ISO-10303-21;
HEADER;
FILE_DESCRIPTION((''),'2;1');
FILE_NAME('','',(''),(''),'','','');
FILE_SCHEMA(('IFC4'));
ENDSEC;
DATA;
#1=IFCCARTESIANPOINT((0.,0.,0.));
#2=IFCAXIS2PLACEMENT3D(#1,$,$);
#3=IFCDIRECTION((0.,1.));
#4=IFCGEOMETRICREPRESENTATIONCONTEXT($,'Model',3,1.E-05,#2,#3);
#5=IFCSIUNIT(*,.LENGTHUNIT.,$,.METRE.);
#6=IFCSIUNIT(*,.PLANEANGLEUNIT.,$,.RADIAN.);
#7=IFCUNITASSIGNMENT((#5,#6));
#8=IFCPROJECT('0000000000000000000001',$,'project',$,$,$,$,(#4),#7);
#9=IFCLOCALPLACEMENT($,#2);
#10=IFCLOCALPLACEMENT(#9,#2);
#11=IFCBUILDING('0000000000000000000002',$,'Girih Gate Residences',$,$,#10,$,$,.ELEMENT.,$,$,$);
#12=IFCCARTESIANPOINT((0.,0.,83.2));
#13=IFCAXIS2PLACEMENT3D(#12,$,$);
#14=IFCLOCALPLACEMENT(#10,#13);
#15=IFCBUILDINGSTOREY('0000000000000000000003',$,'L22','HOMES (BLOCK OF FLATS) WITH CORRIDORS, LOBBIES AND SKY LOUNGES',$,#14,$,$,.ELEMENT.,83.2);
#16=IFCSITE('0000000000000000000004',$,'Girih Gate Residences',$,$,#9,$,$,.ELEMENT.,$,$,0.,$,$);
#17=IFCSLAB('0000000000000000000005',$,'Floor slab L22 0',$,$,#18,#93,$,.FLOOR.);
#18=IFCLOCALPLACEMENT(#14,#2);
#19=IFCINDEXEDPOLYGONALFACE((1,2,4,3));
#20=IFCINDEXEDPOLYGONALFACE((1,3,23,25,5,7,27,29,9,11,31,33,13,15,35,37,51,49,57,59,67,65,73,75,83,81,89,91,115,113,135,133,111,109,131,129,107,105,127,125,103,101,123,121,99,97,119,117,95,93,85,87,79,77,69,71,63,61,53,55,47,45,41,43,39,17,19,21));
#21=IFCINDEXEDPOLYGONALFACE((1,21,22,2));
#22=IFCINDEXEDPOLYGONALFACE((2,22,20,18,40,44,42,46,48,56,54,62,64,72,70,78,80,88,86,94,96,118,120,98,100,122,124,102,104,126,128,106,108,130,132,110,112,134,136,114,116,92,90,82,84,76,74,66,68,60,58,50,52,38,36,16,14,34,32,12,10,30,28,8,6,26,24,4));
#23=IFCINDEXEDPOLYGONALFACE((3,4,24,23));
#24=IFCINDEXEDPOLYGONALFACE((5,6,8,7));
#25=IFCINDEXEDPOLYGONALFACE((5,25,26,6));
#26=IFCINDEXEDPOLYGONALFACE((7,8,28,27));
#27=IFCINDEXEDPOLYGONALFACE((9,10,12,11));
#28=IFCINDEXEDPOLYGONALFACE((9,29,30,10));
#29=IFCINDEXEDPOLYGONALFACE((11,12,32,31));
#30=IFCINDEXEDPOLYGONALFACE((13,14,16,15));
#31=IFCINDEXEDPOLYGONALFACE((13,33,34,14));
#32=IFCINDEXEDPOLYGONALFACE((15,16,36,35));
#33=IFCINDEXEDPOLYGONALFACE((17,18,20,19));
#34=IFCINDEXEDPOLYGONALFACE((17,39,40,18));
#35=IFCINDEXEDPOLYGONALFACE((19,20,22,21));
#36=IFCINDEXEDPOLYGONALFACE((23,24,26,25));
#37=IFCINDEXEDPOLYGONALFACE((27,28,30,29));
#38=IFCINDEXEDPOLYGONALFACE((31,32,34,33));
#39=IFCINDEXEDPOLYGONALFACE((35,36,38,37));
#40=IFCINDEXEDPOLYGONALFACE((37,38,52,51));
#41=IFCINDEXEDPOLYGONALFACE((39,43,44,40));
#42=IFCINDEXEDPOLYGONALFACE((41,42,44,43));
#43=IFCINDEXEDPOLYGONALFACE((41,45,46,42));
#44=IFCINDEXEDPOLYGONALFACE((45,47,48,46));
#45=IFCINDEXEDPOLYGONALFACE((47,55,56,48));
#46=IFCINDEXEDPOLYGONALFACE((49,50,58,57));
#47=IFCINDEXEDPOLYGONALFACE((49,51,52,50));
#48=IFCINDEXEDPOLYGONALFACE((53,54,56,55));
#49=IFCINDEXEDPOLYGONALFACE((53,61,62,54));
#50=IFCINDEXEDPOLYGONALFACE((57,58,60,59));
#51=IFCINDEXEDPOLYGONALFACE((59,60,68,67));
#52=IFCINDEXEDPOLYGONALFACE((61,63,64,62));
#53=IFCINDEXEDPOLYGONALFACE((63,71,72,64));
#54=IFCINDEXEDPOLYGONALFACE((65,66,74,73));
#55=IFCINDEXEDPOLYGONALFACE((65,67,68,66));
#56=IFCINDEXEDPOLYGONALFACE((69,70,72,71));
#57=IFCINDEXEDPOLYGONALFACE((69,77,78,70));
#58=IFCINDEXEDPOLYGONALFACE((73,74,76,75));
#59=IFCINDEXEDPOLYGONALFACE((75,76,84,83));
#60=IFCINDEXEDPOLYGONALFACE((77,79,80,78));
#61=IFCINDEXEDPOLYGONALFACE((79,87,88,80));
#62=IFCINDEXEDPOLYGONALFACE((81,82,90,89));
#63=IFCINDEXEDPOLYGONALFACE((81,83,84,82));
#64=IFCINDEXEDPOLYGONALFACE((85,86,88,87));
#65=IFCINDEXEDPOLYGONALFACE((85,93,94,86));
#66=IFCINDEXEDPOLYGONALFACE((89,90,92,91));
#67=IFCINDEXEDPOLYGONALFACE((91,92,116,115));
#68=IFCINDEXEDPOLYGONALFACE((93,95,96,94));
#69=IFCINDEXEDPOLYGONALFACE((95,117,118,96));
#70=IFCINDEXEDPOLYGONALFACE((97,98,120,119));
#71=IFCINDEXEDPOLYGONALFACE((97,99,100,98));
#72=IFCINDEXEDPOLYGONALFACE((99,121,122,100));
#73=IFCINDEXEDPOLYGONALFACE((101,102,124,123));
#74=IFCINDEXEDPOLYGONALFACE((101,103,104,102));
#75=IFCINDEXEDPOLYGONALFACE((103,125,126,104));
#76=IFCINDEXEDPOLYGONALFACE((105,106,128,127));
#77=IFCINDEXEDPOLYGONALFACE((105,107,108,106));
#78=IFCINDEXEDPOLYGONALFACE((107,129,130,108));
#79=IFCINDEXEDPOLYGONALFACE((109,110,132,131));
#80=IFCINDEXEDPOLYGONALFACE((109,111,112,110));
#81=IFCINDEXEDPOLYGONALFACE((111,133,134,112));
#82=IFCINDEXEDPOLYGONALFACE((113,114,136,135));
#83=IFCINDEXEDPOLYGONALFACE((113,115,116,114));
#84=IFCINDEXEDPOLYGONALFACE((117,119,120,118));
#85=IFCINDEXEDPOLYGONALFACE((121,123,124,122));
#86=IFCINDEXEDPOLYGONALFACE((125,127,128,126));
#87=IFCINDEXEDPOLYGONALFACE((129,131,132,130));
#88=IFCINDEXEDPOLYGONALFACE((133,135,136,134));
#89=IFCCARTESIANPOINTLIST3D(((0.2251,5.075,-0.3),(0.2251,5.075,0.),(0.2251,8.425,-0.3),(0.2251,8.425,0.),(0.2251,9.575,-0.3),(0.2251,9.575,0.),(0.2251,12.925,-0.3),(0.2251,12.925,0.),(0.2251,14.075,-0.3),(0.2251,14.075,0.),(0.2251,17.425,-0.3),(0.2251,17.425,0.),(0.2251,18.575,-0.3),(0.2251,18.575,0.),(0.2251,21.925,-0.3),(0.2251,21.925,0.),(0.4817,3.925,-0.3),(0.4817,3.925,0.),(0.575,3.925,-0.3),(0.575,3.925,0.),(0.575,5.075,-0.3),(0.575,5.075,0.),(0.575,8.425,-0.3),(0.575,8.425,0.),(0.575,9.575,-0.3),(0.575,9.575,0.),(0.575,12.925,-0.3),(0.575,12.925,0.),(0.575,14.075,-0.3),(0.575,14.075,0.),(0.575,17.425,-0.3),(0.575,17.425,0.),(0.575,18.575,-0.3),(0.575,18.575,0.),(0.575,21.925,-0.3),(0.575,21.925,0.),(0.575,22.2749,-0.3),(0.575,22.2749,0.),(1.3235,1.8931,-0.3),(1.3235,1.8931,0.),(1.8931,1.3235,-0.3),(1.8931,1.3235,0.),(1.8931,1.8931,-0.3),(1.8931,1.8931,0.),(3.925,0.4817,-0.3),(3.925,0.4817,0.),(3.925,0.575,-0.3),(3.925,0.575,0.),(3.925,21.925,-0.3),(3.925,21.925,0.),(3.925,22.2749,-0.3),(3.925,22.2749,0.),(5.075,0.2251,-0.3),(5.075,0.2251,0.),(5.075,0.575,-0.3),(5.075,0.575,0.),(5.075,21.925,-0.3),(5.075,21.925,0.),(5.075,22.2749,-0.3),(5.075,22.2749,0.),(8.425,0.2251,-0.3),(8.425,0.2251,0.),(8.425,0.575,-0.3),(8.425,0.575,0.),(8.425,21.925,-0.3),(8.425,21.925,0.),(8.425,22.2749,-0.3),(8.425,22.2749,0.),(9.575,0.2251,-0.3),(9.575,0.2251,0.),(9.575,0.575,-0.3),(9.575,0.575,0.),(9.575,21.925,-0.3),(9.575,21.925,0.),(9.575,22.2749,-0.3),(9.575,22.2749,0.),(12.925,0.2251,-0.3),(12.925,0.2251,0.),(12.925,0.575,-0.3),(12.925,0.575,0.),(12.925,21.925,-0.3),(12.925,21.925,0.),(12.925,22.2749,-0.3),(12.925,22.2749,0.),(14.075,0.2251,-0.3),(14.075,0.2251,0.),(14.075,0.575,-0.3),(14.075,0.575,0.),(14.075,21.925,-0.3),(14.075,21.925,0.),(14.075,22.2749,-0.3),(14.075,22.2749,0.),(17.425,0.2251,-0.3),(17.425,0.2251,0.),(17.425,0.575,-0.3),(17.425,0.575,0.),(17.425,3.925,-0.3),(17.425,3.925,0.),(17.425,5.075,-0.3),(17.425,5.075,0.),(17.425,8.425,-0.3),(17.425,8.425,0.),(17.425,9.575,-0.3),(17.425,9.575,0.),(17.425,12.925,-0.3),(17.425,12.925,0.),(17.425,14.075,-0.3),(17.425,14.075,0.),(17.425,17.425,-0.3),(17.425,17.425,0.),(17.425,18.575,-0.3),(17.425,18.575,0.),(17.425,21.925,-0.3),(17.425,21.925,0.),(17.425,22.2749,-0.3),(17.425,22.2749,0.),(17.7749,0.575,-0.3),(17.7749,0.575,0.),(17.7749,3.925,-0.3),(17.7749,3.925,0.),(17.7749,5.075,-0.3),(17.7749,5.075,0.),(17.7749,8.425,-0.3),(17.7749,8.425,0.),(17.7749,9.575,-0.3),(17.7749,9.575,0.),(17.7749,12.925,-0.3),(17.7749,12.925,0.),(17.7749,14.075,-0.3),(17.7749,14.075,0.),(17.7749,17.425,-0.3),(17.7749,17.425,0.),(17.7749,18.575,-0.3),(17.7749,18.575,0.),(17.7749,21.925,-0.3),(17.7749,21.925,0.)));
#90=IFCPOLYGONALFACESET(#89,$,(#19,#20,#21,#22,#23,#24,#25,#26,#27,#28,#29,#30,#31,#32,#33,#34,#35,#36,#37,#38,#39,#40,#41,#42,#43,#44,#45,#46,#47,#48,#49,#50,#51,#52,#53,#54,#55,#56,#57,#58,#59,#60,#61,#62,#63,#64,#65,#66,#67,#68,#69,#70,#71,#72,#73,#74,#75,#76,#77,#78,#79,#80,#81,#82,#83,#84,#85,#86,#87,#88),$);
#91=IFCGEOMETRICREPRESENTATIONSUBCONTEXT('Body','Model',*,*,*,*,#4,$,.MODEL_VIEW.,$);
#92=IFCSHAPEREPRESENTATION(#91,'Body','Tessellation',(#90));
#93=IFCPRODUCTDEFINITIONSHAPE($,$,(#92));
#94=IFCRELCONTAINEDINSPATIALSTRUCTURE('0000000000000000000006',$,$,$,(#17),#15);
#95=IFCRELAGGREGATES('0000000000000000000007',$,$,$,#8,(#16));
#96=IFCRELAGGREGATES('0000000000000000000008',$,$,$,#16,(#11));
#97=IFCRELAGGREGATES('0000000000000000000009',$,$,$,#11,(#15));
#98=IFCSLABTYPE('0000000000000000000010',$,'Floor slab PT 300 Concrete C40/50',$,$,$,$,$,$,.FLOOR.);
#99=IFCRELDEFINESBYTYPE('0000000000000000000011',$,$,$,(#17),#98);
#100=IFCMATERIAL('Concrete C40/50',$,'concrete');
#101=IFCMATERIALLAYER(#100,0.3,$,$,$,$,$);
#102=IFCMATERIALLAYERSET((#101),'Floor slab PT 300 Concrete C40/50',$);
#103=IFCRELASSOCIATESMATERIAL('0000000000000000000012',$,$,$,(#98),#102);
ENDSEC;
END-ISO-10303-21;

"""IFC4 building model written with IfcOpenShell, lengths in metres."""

from ifc_helpers import new_model, si_unit, direction, frame, origin, place, context, subcontext, project, spatial, polyline, outline, extrude, material, layer, layer_set, type_object, element, save


model = new_model("IFC4")

# Units and contexts
model_context = context("Model", 3, precision=1e-05, world=origin(), true_north=direction((0.0, 1.0)))
body_context = subcontext(model_context, "Body", "Model", "MODEL_VIEW")
ifc_project = project(units=[si_unit("LENGTHUNIT", "METRE"), si_unit("PLANEANGLEUNIT", "RADIAN")], contexts=[model_context])

# Site, building, storey
site_placement = place(None, origin())
site = spatial("IfcSite", under=ifc_project, at=site_placement, Name="Girih Gate Residences", CompositionType="ELEMENT", RefElevation=0.0)
building_placement = place(site_placement, origin())
building = spatial("IfcBuilding", under=site, at=building_placement, Name="Girih Gate Residences", CompositionType="ELEMENT")
storey_placement = place(building_placement, frame((0.0, 0.0, 83.2)))
storey = spatial("IfcBuildingStorey", under=building, at=storey_placement, Name="L22", Description="HOMES (BLOCK OF FLATS) WITH CORRIDORS, LOBBIES AND SKY LOUNGES", CompositionType="ELEMENT", Elevation=83.2)

# Slab
ifc_material_1 = material(Name="Concrete C40/50", Category="concrete")
ifc_layer_1 = layer(ifc_material_1, 0.3)
ifc_layer_set_1 = layer_set([ifc_layer_1], Name="Floor slab PT 300 Concrete C40/50")
slab_type_1 = type_object("IfcSlabType", Name="Floor slab PT 300 Concrete C40/50", PredefinedType="FLOOR", material=ifc_layer_set_1)
slab_1_placement = place(storey_placement, frame((0.0, 0.0, -0.3)))
element("IfcSlab", 1, at=slab_1_placement, inside=storey, type_object=slab_type_1, Name="Floor slab L22 0", PredefinedType="FLOOR", context=body_context, shape_type="SweptSolid", body=[
    extrude(outline(polyline([(0.2251, 8.425), (0.2251, 5.075), (0.575, 5.075), (0.575, 3.925), (0.4817, 3.925), (1.3235, 1.8931), (1.8931, 1.8931), (1.8931, 1.3235), (3.925, 0.4817), (3.925, 0.575), (5.075, 0.575), (5.075, 0.2251), (8.425, 0.2251), (8.425, 0.575), (9.575, 0.575), (9.575, 0.2251), (12.925, 0.2251), (12.925, 0.575), (14.075, 0.575), (14.075, 0.2251), (17.425, 0.2251), (17.425, 0.575), (17.7749, 0.575), (17.7749, 3.925), (17.425, 3.925), (17.425, 5.075), (17.7749, 5.075), (17.7749, 8.425), (17.425, 8.425), (17.425, 9.575), (17.7749, 9.575), (17.7749, 12.925), (17.425, 12.925), (17.425, 14.075), (17.7749, 14.075), (17.7749, 17.425), (17.425, 17.425), (17.425, 18.575), (17.7749, 18.575), (17.7749, 21.925), (17.425, 21.925), (17.425, 22.2749), (14.075, 22.2749), (14.075, 21.925), (12.925, 21.925), (12.925, 22.2749), (9.575, 22.2749), (9.575, 21.925), (8.425, 21.925), (8.425, 22.2749), (5.075, 22.2749), (5.075, 21.925), (3.925, 21.925), (3.925, 22.2749), (0.575, 22.2749), (0.575, 21.925), (0.2251, 21.925), (0.2251, 18.575), (0.575, 18.575), (0.575, 17.425), (0.2251, 17.425), (0.2251, 14.075), (0.575, 14.075), (0.575, 12.925), (0.2251, 12.925), (0.2251, 9.575), (0.575, 9.575), (0.575, 8.425), (0.2251, 8.425)])), origin(), (0.0, 0.0, 1.0), 0.3),
])

save(model, "model.ifc")
